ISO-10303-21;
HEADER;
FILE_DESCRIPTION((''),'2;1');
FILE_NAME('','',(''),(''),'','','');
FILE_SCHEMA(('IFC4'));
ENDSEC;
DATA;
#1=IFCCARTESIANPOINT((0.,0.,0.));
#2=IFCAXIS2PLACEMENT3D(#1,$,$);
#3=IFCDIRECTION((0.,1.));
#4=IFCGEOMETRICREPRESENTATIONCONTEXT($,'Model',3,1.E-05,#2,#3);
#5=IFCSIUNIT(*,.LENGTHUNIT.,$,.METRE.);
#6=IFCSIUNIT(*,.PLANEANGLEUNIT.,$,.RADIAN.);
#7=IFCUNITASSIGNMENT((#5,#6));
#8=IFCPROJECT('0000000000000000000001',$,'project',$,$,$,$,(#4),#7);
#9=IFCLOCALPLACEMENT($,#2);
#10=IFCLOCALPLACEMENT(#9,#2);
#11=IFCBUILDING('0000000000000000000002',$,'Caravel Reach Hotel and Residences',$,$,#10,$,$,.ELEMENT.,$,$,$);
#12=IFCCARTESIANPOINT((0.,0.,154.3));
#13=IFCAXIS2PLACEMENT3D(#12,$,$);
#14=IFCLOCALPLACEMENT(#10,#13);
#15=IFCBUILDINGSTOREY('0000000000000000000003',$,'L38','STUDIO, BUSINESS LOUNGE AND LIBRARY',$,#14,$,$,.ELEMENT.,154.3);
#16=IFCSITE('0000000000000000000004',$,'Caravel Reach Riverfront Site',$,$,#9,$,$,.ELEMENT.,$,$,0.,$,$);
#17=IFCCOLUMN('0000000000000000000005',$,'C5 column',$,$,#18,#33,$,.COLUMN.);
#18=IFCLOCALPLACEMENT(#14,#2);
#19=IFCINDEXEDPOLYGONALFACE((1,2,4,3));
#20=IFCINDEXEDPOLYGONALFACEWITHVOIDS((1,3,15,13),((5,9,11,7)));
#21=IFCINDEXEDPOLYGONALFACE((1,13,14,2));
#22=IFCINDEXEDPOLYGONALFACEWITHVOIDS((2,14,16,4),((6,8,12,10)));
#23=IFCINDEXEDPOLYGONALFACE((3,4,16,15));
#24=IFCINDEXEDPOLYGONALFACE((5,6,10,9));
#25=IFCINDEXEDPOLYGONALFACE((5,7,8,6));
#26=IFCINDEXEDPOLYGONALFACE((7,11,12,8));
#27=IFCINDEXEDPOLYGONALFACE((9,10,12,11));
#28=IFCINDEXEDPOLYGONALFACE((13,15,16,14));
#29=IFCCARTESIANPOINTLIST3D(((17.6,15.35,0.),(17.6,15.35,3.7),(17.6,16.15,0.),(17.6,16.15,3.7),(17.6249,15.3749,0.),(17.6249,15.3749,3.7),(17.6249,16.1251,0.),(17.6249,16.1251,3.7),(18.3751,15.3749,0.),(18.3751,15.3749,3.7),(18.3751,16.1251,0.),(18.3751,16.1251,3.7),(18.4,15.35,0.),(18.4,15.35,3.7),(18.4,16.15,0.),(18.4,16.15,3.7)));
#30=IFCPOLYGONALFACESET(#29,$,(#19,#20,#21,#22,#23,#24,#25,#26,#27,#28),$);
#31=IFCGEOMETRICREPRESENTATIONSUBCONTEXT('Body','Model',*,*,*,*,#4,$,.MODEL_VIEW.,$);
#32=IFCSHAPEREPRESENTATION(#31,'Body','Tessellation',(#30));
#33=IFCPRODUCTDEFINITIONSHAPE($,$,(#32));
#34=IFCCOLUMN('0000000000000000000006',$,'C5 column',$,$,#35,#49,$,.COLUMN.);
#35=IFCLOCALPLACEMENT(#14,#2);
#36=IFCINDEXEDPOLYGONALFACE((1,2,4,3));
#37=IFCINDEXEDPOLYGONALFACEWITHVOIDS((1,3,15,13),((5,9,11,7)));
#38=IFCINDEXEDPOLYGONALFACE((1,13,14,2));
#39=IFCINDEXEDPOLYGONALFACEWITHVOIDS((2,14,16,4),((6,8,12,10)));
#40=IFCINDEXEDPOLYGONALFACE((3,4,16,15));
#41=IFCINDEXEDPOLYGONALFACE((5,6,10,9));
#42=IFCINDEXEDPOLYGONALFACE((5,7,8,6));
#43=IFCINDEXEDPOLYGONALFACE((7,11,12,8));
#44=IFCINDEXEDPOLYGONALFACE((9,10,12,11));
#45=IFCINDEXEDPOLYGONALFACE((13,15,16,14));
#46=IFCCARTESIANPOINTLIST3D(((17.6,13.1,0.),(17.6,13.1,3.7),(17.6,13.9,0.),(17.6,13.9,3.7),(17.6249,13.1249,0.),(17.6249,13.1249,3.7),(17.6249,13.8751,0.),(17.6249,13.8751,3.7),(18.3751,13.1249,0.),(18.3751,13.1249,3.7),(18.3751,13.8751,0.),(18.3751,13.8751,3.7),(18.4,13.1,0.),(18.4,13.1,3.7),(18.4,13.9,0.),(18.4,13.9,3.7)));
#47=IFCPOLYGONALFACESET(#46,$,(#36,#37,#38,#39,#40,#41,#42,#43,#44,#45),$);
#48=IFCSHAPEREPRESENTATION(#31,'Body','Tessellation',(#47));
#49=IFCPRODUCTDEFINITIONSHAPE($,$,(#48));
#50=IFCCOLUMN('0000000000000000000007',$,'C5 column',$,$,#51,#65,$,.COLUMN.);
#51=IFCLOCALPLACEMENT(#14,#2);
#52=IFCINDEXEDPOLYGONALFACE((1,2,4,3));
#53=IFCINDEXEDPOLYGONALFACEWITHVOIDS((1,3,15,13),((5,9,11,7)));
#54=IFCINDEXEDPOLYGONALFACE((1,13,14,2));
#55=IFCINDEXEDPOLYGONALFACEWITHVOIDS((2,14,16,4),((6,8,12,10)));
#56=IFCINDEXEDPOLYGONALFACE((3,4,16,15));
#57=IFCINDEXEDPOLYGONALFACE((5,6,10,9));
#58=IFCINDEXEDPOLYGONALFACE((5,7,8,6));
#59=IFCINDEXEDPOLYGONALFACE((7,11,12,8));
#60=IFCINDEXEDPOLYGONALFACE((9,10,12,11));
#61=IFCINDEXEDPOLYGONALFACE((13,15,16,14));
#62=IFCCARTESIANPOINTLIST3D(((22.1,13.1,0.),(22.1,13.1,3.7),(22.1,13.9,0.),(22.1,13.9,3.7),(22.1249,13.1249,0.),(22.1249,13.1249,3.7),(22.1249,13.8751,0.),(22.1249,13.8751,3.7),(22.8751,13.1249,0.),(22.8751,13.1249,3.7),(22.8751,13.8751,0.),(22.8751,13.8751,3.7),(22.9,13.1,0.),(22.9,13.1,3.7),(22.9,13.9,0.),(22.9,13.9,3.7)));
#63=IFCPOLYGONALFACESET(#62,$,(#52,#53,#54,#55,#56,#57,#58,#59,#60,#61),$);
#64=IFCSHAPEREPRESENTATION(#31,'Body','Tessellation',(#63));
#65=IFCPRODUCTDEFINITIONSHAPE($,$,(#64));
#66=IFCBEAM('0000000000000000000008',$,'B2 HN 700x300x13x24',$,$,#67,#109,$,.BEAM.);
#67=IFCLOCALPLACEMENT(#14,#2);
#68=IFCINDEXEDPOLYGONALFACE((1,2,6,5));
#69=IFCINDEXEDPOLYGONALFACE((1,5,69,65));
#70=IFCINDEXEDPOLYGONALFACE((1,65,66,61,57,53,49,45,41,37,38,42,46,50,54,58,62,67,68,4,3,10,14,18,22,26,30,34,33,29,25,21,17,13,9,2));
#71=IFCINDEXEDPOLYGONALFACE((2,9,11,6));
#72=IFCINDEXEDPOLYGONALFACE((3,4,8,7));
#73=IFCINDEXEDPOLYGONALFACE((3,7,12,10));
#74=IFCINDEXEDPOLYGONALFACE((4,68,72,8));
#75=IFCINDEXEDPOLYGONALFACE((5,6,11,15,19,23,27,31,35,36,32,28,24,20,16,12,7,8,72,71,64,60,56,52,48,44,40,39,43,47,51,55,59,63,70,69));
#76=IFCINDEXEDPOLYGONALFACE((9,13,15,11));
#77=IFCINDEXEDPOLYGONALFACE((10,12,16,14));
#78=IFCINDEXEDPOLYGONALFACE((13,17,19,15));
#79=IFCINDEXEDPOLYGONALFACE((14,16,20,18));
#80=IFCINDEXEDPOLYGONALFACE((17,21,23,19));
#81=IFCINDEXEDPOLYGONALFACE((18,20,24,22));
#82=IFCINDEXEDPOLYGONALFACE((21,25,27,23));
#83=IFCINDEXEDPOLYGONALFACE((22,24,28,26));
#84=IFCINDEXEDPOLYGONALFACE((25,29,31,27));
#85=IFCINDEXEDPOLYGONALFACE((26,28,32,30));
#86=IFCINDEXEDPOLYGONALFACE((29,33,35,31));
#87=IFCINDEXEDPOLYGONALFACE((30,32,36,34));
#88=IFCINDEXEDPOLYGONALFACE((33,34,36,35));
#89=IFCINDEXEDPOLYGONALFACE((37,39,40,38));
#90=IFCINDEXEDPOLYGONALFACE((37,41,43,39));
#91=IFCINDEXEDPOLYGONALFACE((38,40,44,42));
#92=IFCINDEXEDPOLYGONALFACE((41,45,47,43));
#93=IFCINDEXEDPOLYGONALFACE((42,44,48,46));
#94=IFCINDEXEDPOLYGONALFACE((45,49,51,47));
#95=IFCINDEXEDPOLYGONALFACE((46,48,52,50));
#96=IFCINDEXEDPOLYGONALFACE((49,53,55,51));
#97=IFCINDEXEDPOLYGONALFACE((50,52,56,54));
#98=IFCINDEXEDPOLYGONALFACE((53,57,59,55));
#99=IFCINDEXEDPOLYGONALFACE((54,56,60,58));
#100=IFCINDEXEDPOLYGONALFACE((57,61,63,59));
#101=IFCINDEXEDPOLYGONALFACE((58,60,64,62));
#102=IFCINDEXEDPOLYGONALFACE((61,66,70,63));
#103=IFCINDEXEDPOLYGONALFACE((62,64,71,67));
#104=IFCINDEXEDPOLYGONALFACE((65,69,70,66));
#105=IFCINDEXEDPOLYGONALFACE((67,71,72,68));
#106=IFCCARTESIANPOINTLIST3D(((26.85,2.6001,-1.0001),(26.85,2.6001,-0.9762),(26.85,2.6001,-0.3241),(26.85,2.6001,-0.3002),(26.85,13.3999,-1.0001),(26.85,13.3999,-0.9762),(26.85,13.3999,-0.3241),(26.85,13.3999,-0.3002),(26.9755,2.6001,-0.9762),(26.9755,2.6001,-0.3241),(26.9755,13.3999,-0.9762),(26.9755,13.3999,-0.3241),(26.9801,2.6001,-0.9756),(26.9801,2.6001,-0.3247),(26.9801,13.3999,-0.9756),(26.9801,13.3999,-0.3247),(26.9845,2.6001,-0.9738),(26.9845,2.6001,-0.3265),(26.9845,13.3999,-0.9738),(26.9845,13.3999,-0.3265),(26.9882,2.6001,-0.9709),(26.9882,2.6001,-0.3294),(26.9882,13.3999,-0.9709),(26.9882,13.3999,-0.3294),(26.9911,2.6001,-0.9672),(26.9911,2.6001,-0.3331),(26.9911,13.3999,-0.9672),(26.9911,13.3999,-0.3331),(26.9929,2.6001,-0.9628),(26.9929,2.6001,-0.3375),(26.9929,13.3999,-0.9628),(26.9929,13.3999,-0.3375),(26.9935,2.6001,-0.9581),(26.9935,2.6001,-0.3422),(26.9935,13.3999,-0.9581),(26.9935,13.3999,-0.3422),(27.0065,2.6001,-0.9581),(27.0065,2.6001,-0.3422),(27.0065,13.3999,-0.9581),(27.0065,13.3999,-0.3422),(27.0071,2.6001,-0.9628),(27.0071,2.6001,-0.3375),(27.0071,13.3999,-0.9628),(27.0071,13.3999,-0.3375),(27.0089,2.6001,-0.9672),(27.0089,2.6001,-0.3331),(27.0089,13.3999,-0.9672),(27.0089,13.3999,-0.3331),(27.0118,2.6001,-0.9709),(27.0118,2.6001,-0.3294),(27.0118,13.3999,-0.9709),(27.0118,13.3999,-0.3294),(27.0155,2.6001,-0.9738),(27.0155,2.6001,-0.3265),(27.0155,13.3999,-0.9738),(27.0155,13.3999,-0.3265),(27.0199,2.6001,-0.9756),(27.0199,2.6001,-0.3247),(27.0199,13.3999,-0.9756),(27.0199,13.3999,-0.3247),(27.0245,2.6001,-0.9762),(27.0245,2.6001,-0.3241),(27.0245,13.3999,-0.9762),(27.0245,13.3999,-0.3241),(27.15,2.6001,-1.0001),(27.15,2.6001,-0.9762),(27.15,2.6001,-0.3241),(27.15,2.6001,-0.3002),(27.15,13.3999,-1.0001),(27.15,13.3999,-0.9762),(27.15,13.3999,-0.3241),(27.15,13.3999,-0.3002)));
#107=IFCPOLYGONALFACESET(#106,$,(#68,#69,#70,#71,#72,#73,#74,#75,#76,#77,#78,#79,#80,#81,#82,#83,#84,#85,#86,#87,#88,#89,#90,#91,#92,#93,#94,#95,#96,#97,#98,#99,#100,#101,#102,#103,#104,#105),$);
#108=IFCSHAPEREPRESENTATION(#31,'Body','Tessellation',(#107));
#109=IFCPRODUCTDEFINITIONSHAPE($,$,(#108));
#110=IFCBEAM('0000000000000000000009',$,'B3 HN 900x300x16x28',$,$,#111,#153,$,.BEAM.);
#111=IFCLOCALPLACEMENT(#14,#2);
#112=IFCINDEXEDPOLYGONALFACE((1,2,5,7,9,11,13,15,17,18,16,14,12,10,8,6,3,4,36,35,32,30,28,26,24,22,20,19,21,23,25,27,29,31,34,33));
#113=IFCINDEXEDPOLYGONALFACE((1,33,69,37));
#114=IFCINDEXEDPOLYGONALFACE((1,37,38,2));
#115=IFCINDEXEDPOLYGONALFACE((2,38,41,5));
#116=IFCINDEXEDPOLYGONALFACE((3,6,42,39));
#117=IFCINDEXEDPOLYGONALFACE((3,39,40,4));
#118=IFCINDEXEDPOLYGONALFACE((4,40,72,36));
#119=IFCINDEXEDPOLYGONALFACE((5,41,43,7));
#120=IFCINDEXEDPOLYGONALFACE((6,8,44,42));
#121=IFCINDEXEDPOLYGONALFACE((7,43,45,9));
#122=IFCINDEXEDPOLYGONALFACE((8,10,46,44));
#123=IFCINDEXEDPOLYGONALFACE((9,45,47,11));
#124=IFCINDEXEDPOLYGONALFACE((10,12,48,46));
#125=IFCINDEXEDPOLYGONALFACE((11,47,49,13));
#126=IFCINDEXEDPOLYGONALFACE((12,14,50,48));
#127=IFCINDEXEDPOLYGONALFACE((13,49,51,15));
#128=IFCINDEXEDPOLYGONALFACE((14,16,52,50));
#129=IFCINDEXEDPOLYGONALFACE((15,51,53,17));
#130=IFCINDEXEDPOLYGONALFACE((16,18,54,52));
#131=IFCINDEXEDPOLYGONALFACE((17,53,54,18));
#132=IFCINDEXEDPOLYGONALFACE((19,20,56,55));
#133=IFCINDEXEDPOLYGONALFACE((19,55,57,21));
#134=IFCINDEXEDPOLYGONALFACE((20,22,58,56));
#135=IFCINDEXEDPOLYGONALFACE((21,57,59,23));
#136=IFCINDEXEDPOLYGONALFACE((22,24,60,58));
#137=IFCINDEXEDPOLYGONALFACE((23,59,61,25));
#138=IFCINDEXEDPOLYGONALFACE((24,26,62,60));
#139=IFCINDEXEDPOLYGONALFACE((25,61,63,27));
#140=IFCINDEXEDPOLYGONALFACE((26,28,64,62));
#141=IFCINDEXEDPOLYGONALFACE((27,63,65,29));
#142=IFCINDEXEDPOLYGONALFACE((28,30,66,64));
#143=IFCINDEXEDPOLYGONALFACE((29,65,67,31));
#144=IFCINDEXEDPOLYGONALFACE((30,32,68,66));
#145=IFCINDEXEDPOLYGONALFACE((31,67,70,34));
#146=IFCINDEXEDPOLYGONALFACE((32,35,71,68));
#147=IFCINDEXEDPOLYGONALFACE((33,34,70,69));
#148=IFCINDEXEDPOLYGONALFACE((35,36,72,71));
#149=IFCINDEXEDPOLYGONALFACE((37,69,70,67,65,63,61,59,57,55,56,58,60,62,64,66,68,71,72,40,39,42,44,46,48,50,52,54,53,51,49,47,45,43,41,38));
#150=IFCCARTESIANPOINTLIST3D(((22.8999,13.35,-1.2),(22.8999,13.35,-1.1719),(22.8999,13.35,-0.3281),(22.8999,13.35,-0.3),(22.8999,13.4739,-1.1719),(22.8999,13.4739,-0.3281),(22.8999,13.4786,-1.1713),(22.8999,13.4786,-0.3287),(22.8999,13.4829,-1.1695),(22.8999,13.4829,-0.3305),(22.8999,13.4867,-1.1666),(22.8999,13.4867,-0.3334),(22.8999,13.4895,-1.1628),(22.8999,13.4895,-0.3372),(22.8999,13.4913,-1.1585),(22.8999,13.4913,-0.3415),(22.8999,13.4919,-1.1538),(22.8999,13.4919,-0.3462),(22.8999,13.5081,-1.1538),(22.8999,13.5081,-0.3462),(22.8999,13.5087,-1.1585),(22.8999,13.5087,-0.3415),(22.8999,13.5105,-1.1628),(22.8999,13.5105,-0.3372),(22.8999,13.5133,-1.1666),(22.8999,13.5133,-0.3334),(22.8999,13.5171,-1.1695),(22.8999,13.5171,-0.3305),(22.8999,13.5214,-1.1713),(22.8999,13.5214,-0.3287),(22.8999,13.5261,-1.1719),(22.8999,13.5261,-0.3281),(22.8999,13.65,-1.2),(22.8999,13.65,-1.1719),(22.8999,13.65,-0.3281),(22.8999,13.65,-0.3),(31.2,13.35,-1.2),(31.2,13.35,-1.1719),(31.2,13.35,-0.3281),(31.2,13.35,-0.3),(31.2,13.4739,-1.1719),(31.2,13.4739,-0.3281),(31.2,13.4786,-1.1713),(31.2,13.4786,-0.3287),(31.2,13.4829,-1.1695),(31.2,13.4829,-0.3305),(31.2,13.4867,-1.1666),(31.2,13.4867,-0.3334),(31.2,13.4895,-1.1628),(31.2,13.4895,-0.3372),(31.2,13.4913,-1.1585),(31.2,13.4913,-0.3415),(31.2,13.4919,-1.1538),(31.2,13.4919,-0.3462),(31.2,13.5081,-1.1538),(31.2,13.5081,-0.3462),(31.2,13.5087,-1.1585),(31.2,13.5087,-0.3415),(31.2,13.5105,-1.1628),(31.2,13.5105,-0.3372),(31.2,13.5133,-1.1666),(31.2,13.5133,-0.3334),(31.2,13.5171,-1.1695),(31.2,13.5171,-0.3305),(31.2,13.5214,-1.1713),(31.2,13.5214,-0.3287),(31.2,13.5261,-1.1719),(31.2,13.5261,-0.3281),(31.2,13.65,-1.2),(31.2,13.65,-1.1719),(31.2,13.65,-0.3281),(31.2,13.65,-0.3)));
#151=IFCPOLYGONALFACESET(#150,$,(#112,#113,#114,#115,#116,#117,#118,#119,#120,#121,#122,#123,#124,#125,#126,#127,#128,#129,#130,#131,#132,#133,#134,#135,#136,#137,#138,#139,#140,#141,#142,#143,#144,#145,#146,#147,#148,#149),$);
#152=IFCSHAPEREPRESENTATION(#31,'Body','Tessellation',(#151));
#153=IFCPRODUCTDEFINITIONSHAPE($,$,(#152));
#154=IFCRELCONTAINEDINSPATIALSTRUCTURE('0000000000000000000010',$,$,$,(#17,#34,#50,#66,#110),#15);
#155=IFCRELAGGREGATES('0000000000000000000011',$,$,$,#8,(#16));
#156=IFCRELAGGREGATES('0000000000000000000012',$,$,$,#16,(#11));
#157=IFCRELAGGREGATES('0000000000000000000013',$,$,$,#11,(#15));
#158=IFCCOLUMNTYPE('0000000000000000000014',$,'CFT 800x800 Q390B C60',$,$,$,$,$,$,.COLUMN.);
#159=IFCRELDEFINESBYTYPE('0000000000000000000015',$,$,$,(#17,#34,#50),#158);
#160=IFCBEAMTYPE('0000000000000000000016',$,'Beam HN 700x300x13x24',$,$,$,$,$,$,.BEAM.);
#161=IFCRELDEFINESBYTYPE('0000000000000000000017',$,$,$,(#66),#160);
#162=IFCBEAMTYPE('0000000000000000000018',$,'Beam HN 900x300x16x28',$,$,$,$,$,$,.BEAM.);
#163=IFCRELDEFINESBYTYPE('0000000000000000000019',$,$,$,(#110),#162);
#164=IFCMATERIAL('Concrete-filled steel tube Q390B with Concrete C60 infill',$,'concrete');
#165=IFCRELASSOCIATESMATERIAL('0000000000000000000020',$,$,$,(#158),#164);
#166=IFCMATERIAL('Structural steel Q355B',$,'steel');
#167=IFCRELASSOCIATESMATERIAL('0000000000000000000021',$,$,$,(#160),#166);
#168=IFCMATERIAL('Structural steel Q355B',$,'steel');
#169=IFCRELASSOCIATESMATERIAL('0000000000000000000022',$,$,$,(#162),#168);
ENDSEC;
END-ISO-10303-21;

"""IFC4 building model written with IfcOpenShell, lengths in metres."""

from ifc_helpers import new_model, si_unit, direction, frame, origin, origin_2d, place, context, subcontext, project, spatial, hollow_rectangle, i_section, extrude, material, material_profile, profile_set, type_object, element, save


model = new_model("IFC4")

# Units and contexts
model_context = context("Model", 3, precision=1e-05, world=origin(), true_north=direction((0.0, 1.0)))
body_context = subcontext(model_context, "Body", "Model", "MODEL_VIEW")
ifc_project = project(units=[si_unit("LENGTHUNIT", "METRE"), si_unit("PLANEANGLEUNIT", "RADIAN")], contexts=[model_context])

# Site, building, storey
site_placement = place(None, origin())
site = spatial("IfcSite", under=ifc_project, at=site_placement, Name="Caravel Reach Riverfront Site", CompositionType="ELEMENT", RefElevation=0.0)
building_placement = place(site_placement, origin())
building = spatial("IfcBuilding", under=site, at=building_placement, Name="Caravel Reach Hotel and Residences", CompositionType="ELEMENT")
storey_placement = place(building_placement, frame((0.0, 0.0, 154.3)))
storey = spatial("IfcBuildingStorey", under=building, at=storey_placement, Name="L38", Description="STUDIO, BUSINESS LOUNGE AND LIBRARY", CompositionType="ELEMENT", Elevation=154.3)

# Columns
ifc_material_1 = material(Name="Concrete-filled steel tube Q390B with Concrete C60 infill", Category="concrete")
ifc_material_profile_1 = material_profile(ifc_material_1, hollow_rectangle(XDim=0.8, YDim=0.8, WallThickness=0.0249, at=origin_2d()), Name="RHS 800x800x25")
ifc_profile_set_1 = profile_set([ifc_material_profile_1], Name="Concrete-filled steel tube Q390B with Concrete C60 infill")
column_type = type_object("IfcColumnType", Name="CFT 800x800 Q390B C60", PredefinedType="COLUMN", material=ifc_profile_set_1)
for number, where, z_axis, x_axis, name in (
    (1, (18.0, 15.75, 0.0), (0.0, 0.0, 1.0), (1.0, 0.0, 0.0), "C5 column"),
    (2, (18.0, 13.5, 0.0), (0.0, 0.0, 1.0), (1.0, 0.0, 0.0), "C5 column"),
    (3, (22.5, 13.5, 0.0), (0.0, 0.0, 1.0), (1.0, 0.0, 0.0), "C5 column"),
):
    element("IfcColumn", number, at=place(storey_placement, frame(where, z_axis=z_axis, x_axis=x_axis)), inside=storey, type_object=column_type, Name=name, PredefinedType="COLUMN", context=body_context, shape_type="SweptSolid", body=[
        extrude(hollow_rectangle(XDim=0.8, YDim=0.8, WallThickness=0.0249, at=origin_2d()), origin(), (0.0, 0.0, 1.0), 3.7),
    ])

# Beams
ifc_material_2 = material(Name="Structural steel Q355B", Category="steel")
ifc_material_profile_2 = material_profile(ifc_material_2, i_section(OverallWidth=0.3, OverallDepth=0.7, WebThickness=0.0129, FlangeThickness=0.0239, FilletRadius=0.0181, at=origin_2d()), Name="HN 700x300x13x24")
ifc_profile_set_2 = profile_set([ifc_material_profile_2], Name="Structural steel Q355B")
beam_type_1 = type_object("IfcBeamType", Name="Beam HN 700x300x13x24", PredefinedType="BEAM", material=ifc_profile_set_2)
beam_1_placement = place(storey_placement, frame((27.0, 13.3999, -0.6501), z_axis=(0.0, -1.0, 0.0), x_axis=(1.0, 0.0, 0.0)))
element("IfcBeam", 4, at=beam_1_placement, inside=storey, type_object=beam_type_1, Name="B2 HN 700x300x13x24", PredefinedType="BEAM", context=body_context, shape_type="SweptSolid", body=[
    extrude(i_section(OverallWidth=0.3, OverallDepth=0.7, WebThickness=0.0129, FlangeThickness=0.0239, FilletRadius=0.0181, at=origin_2d()), origin(), (0.0, 0.0, 1.0), 10.7998),
])
ifc_material_3 = material(Name="Structural steel Q355B", Category="steel")
ifc_material_profile_3 = material_profile(ifc_material_3, i_section(OverallWidth=0.3, OverallDepth=0.8999, WebThickness=0.0161, FlangeThickness=0.0281, FilletRadius=0.0181, at=origin_2d()), Name="HN 900x300x16x28")
ifc_profile_set_3 = profile_set([ifc_material_profile_3], Name="Structural steel Q355B")
beam_type_2 = type_object("IfcBeamType", Name="Beam HN 900x300x16x28", PredefinedType="BEAM", material=ifc_profile_set_3)
beam_2_placement = place(storey_placement, frame((22.8999, 13.5, -0.75), z_axis=(1.0, 0.0, 0.0), x_axis=(0.0, 1.0, 0.0)))
element("IfcBeam", 5, at=beam_2_placement, inside=storey, type_object=beam_type_2, Name="B3 HN 900x300x16x28", PredefinedType="BEAM", context=body_context, shape_type="SweptSolid", body=[
    extrude(i_section(OverallWidth=0.3, OverallDepth=0.8999, WebThickness=0.0161, FlangeThickness=0.0281, FilletRadius=0.0181, at=origin_2d()), origin(), (0.0, 0.0, 1.0), 8.3),
])

save(model, "model.ifc")
